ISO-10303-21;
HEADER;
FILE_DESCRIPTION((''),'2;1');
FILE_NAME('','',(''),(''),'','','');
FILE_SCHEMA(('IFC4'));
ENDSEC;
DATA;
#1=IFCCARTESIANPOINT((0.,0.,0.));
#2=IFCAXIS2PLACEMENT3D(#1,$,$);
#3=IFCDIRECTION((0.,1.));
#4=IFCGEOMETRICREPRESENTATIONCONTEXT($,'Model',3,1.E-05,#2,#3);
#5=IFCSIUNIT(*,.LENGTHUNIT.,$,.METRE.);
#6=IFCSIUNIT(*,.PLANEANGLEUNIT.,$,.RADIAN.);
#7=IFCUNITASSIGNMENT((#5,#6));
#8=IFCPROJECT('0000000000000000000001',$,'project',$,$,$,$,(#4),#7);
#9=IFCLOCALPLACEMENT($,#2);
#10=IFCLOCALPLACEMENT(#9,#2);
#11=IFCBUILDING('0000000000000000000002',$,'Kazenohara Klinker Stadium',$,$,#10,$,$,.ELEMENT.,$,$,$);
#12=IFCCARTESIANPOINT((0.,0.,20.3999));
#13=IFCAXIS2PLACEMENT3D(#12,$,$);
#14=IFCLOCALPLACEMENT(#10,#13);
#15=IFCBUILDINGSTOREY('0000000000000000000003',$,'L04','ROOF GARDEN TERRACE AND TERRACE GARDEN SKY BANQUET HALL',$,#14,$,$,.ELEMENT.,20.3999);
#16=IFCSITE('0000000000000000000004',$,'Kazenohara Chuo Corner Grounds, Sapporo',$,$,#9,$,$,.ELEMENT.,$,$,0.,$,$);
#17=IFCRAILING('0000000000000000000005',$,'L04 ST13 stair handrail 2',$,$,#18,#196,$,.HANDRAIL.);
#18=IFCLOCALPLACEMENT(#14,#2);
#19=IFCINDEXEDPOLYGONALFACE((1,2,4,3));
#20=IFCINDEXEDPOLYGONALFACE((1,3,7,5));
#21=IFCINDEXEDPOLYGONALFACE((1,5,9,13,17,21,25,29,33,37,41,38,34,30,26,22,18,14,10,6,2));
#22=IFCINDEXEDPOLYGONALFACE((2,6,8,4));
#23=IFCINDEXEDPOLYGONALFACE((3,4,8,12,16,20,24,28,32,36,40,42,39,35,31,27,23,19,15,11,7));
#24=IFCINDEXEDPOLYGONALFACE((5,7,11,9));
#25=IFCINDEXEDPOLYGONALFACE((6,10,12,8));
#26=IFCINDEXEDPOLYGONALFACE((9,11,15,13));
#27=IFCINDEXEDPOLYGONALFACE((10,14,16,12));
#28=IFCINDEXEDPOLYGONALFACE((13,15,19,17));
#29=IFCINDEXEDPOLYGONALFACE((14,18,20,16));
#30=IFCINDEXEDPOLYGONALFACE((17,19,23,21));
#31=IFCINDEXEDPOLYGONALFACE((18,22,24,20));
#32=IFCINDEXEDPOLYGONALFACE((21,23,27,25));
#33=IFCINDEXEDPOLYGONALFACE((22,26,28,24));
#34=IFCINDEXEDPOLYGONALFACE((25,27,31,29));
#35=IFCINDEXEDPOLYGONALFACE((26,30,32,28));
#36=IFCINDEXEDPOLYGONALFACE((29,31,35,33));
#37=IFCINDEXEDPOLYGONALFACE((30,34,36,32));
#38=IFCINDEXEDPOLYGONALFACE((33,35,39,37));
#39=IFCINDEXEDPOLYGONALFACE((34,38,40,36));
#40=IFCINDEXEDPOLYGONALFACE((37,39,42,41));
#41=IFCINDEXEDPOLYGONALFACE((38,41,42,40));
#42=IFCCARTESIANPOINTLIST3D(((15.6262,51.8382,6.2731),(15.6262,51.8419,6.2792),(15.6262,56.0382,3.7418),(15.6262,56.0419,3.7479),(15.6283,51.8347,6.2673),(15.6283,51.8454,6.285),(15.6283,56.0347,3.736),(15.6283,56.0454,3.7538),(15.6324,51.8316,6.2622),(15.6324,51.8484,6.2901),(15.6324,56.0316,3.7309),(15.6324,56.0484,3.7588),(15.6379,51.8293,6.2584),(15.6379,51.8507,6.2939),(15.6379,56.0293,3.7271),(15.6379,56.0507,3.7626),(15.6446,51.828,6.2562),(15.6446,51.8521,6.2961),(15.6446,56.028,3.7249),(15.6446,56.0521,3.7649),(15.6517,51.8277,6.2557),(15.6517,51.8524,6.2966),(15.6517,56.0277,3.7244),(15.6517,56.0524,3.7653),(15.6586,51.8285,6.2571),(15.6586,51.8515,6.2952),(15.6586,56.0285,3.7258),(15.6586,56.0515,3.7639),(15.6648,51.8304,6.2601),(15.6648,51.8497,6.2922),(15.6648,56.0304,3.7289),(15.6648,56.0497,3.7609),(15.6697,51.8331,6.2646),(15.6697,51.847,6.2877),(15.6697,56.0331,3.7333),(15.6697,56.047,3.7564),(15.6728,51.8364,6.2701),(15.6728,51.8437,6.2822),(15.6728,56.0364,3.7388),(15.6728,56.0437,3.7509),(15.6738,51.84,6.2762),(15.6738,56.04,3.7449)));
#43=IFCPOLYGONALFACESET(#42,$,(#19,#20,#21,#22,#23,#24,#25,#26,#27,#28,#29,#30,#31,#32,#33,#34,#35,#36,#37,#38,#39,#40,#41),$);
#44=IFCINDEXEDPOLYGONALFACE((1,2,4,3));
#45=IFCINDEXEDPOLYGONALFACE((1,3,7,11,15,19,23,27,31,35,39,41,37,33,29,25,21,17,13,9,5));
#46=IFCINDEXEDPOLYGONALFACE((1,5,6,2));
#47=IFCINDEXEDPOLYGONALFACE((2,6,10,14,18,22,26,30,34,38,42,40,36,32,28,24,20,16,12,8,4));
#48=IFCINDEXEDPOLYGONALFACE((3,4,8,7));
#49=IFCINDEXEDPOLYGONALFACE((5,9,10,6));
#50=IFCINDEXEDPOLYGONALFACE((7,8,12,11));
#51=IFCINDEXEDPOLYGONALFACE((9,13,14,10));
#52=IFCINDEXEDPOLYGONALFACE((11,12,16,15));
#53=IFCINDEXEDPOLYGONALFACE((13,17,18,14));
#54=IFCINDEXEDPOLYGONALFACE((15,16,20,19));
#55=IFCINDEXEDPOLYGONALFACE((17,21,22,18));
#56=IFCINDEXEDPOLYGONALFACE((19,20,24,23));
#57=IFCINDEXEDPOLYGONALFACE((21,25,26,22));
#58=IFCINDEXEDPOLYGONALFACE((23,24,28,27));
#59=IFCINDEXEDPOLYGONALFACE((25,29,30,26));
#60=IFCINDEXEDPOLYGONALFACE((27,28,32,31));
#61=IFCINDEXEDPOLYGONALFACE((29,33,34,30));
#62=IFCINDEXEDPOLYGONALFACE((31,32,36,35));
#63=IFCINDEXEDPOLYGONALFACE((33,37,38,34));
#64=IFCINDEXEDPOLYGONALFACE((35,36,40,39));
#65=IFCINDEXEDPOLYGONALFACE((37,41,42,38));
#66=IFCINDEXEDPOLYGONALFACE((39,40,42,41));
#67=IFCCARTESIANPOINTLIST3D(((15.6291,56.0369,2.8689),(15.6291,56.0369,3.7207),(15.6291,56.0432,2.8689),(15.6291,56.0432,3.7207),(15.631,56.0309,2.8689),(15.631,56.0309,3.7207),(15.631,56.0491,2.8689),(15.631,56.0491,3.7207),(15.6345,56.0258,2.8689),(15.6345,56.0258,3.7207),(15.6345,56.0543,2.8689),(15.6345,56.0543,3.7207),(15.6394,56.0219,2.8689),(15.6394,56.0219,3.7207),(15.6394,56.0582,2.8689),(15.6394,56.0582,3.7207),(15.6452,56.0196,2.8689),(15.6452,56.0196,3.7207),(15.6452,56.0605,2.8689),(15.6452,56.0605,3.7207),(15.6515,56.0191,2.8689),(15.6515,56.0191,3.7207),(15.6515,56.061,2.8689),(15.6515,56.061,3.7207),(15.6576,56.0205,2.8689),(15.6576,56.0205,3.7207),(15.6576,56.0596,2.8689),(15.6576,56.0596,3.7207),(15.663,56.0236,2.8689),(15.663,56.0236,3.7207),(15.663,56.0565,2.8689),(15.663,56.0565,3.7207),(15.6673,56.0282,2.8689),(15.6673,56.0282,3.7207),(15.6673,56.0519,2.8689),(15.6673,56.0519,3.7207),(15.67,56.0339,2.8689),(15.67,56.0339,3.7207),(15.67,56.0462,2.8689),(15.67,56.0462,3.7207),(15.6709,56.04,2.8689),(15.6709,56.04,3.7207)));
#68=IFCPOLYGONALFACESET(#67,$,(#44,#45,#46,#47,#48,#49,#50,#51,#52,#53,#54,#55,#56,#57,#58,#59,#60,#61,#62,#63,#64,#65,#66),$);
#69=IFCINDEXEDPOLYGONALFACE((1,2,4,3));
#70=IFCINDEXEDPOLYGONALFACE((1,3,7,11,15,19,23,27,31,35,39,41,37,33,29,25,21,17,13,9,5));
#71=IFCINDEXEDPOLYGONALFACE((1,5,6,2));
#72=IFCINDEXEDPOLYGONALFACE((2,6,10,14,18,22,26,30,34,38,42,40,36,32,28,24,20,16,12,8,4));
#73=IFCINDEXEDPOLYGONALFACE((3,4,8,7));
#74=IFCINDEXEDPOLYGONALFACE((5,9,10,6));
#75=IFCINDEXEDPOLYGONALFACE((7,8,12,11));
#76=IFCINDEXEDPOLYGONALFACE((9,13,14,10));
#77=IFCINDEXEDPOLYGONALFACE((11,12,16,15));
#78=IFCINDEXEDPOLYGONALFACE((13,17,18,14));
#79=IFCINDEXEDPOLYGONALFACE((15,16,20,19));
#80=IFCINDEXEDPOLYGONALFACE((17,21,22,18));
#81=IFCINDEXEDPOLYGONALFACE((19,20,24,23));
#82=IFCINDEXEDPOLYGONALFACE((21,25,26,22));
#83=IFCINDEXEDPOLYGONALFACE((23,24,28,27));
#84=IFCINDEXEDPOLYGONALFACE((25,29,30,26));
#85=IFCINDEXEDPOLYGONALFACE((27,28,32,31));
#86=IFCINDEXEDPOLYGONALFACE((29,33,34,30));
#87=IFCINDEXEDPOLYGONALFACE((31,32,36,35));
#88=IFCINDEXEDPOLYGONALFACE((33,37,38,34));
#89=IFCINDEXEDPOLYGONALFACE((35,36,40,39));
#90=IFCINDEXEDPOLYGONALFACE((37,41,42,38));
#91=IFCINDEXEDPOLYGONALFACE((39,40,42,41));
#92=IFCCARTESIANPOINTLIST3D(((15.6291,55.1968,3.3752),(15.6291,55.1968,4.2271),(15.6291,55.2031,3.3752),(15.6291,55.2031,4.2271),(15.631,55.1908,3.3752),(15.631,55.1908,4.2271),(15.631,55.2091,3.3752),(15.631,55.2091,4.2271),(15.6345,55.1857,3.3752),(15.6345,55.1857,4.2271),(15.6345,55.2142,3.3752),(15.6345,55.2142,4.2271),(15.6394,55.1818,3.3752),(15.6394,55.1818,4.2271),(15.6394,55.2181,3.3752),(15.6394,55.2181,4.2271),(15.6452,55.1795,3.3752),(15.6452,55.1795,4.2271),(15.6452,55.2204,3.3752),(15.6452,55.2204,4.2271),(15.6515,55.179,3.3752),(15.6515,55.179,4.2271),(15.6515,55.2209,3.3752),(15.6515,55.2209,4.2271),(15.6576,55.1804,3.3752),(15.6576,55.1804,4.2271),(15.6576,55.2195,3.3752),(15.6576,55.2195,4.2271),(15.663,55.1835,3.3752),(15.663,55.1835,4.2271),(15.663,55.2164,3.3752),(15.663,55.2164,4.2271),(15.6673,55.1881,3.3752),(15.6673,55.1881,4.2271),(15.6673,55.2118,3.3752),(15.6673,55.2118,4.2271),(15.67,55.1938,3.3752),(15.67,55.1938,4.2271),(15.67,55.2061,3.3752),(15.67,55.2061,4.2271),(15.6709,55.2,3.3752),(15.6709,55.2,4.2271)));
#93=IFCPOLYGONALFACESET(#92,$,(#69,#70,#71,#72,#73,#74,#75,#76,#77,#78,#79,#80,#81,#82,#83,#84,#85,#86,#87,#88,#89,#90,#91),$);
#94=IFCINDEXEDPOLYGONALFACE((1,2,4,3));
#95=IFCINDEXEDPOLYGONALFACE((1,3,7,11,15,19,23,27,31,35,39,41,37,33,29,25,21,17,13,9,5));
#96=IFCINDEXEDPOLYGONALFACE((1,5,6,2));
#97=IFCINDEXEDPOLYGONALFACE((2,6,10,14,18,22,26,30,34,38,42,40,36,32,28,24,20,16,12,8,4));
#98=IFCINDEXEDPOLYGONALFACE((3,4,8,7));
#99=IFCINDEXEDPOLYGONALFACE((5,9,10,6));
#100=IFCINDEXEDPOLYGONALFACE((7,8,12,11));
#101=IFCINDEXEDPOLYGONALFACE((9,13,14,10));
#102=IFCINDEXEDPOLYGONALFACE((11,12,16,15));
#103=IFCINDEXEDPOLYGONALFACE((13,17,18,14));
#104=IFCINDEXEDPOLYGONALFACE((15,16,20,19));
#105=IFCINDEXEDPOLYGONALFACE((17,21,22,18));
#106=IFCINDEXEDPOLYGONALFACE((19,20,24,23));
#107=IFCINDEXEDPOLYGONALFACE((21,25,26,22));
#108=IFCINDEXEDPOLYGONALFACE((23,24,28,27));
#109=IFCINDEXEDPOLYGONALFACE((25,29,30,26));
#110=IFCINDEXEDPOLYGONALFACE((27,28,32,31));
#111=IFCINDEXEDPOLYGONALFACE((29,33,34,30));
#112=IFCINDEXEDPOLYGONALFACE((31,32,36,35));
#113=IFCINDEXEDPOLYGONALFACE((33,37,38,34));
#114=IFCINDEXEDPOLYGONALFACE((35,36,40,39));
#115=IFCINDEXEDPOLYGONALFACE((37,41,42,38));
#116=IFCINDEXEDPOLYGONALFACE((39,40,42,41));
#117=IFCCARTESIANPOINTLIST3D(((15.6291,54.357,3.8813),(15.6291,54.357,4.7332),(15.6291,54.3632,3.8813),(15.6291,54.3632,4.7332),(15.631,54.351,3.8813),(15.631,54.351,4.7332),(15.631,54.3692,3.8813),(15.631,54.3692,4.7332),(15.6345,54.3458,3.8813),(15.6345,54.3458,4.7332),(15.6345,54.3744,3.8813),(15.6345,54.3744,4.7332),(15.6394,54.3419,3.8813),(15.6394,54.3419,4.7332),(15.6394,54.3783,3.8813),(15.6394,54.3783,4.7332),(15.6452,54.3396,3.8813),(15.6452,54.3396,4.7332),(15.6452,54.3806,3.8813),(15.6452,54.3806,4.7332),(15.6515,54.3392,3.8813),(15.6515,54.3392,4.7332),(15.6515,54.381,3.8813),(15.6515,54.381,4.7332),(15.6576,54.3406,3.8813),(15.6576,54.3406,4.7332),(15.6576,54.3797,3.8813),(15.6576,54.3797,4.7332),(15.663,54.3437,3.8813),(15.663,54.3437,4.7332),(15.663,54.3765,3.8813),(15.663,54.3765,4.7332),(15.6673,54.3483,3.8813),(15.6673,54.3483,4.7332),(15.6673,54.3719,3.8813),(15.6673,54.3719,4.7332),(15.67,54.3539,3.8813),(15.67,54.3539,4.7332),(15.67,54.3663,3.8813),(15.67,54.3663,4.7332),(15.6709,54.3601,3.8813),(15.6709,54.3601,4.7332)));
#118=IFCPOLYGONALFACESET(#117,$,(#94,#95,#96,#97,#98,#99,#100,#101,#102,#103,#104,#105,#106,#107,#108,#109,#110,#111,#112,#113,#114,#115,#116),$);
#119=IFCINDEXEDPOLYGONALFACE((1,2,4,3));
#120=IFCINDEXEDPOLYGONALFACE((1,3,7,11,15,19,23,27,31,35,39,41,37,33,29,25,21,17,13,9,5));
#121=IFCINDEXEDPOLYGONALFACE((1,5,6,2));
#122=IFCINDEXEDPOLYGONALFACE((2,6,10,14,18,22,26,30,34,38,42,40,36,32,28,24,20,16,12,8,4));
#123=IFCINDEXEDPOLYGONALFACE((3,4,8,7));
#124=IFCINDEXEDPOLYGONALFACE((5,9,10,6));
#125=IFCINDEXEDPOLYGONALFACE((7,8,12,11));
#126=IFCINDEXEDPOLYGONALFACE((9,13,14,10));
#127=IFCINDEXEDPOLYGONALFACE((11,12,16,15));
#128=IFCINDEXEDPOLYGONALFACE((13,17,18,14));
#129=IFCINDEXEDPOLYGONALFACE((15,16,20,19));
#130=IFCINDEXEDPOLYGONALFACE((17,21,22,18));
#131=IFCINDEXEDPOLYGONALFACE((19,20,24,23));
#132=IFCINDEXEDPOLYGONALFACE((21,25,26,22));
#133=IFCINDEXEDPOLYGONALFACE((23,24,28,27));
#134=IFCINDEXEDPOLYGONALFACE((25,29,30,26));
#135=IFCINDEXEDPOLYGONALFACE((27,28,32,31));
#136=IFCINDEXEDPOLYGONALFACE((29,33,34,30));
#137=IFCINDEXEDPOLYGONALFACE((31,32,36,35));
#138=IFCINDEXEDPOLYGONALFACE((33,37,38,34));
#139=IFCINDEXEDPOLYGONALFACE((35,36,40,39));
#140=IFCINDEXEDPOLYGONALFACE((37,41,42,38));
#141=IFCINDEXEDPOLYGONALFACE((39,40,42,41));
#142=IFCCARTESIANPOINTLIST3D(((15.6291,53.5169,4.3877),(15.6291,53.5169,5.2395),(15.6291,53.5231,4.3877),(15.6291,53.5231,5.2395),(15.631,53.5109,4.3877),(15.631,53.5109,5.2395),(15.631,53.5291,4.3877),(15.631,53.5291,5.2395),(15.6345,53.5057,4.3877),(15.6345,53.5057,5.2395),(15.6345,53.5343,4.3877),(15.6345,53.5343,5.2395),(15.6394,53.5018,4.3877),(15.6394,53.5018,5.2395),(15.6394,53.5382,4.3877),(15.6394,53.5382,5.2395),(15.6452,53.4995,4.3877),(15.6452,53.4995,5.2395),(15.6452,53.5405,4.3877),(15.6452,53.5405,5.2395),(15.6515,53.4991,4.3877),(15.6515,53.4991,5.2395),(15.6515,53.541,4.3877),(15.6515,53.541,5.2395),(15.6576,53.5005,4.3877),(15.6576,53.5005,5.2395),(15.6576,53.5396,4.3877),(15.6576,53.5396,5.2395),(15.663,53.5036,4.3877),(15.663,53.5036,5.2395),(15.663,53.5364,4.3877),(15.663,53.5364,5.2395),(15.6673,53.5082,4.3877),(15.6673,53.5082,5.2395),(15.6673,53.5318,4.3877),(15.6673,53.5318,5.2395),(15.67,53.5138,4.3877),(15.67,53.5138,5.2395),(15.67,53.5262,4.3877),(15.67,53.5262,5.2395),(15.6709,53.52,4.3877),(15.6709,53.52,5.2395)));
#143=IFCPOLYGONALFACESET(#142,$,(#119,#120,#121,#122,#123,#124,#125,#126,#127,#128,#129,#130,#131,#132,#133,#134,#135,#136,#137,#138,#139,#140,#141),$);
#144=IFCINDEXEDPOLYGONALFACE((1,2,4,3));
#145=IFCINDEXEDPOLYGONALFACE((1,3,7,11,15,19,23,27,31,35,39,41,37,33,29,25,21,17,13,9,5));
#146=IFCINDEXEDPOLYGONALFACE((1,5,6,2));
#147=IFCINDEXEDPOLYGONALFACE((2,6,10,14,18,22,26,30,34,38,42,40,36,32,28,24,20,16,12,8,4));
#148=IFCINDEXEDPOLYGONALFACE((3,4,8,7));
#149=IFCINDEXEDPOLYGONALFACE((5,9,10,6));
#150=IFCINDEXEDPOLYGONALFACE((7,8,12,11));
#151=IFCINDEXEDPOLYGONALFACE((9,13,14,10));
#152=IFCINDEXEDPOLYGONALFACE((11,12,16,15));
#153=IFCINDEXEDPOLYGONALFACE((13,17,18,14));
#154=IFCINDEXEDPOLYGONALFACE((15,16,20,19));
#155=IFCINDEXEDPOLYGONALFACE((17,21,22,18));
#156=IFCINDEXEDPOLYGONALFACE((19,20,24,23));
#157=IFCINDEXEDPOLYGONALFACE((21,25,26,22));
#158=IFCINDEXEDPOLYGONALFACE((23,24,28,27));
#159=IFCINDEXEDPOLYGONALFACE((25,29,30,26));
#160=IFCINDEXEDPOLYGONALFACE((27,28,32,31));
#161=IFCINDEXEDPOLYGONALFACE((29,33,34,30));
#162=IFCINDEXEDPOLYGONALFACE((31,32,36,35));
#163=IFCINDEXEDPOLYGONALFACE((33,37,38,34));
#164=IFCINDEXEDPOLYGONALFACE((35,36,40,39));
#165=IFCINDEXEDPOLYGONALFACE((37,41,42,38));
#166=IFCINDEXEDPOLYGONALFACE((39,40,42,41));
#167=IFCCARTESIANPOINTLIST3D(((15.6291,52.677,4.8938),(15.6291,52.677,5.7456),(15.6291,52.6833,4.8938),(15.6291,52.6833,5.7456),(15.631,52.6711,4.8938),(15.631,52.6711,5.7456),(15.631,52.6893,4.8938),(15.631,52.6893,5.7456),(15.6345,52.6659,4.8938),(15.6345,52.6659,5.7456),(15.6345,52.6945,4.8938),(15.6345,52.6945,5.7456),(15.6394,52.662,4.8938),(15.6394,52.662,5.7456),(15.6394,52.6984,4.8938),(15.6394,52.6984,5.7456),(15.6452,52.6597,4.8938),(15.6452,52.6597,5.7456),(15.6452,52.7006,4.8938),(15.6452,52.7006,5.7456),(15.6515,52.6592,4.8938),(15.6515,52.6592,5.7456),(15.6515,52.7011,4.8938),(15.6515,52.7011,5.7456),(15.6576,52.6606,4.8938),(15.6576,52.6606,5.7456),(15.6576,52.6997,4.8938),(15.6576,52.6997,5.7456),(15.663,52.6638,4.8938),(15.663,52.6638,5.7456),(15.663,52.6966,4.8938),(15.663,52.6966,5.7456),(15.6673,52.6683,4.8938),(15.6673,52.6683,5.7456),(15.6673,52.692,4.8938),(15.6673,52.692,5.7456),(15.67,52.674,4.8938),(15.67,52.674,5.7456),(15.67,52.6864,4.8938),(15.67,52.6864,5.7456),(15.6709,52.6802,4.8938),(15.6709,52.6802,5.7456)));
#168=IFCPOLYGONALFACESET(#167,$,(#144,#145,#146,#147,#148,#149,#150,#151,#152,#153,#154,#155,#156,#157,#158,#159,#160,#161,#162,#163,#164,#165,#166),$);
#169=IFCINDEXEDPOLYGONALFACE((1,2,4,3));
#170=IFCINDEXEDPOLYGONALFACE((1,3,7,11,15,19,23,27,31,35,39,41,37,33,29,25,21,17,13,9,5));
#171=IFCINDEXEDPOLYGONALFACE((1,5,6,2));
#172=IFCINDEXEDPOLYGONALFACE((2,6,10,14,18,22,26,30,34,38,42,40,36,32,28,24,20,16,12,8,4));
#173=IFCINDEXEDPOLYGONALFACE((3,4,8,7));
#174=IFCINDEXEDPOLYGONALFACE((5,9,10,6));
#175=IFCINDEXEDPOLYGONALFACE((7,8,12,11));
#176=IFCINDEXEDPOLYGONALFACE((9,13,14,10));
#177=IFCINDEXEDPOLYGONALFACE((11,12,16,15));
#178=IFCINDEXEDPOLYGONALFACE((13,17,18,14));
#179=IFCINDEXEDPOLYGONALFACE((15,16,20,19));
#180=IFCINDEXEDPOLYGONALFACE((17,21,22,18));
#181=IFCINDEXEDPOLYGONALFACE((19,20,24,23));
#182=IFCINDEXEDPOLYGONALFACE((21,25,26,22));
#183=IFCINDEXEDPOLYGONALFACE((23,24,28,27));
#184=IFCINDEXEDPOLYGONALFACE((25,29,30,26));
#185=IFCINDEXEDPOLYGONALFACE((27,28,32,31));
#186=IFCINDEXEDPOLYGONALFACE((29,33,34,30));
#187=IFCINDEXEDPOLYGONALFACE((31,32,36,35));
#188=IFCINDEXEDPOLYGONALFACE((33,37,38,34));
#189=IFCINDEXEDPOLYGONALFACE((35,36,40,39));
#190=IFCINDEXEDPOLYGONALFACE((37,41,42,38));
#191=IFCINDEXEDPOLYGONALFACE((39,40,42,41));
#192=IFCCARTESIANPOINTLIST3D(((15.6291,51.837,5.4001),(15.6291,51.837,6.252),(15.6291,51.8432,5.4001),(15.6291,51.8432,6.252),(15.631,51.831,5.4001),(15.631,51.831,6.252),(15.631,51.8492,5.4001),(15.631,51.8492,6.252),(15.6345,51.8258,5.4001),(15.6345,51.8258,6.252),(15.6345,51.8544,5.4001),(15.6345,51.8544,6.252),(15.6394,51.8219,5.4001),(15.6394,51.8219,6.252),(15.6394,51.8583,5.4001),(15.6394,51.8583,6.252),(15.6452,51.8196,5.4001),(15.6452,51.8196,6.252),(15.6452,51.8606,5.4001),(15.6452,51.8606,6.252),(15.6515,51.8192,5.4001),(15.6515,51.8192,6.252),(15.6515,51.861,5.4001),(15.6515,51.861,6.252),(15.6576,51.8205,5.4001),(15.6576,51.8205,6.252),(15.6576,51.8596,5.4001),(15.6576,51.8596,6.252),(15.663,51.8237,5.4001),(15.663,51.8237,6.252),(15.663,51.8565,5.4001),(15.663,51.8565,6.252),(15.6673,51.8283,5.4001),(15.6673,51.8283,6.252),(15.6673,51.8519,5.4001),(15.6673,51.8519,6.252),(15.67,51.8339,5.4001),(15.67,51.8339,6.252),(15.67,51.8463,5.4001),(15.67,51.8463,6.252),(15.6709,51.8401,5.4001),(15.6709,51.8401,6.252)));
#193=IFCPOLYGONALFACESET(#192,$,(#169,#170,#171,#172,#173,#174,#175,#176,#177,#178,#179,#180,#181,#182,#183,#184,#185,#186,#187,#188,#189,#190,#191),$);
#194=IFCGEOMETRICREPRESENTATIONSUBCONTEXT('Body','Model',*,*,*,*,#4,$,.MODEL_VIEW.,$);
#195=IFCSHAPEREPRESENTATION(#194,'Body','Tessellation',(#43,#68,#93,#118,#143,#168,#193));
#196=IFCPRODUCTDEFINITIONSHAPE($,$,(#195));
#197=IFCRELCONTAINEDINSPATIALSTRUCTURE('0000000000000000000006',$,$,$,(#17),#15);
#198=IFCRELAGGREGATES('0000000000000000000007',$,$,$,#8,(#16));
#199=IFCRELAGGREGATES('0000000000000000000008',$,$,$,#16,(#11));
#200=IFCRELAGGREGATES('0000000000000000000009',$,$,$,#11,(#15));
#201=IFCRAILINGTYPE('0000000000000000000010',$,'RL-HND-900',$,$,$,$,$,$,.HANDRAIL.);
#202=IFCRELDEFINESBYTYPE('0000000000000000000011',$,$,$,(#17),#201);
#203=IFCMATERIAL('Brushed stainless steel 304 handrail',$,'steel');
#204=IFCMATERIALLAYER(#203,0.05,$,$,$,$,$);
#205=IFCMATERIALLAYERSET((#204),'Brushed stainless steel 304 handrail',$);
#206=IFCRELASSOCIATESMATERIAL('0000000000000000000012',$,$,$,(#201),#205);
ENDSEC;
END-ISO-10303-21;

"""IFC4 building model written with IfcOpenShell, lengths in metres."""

from ifc_helpers import new_model, si_unit, direction, frame, origin, origin_2d, place, context, subcontext, project, spatial, circle, extrude, material, layer, layer_set, type_object, element, save


model = new_model("IFC4")

# Units and contexts
model_context = context("Model", 3, precision=1e-05, world=origin(), true_north=direction((0.0, 1.0)))
body_context = subcontext(model_context, "Body", "Model", "MODEL_VIEW")
ifc_project = project(units=[si_unit("LENGTHUNIT", "METRE"), si_unit("PLANEANGLEUNIT", "RADIAN")], contexts=[model_context])

# Site, building, storey
site_placement = place(None, origin())
site = spatial("IfcSite", under=ifc_project, at=site_placement, Name="Kazenohara Chuo Corner Grounds, Sapporo", CompositionType="ELEMENT", RefElevation=0.0)
building_placement = place(site_placement, origin())
building = spatial("IfcBuilding", under=site, at=building_placement, Name="Kazenohara Klinker Stadium", CompositionType="ELEMENT")
storey_placement = place(building_placement, frame((0.0, 0.0, 20.3999)))
storey = spatial("IfcBuildingStorey", under=building, at=storey_placement, Name="L04", Description="ROOF GARDEN TERRACE AND TERRACE GARDEN SKY BANQUET HALL", CompositionType="ELEMENT", Elevation=20.3999)

# Railing
ifc_material_1 = material(Name="Brushed stainless steel 304 handrail", Category="steel")
ifc_layer_1 = layer(ifc_material_1, 0.05)
ifc_layer_set_1 = layer_set([ifc_layer_1], Name="Brushed stainless steel 304 handrail")
railing_type_1 = type_object("IfcRailingType", Name="RL-HND-900", PredefinedType="HANDRAIL", material=ifc_layer_set_1)
railing_1_placement = place(storey_placement, frame((15.6499, 56.04, 2.8689)))
element("IfcRailing", 1, at=railing_1_placement, inside=storey, type_object=railing_type_1, Name="L04 ST13 stair handrail 2", PredefinedType="HANDRAIL", context=body_context, shape_type="SweptSolid", body=[
    extrude(circle(Radius=0.0239, at=origin_2d()), frame((0.0, 0.0, 0.876), z_axis=(0.0, -0.856476, 0.516186), x_axis=(1.0, 0.0, 0.0)), (0.0, 0.0, 1.0), 4.9038),
    extrude(circle(Radius=0.021, at=origin_2d()), origin(), (0.0, 0.0, 1.0), 0.8518),
    extrude(circle(Radius=0.021, at=origin_2d()), frame((0.0, -0.8401, 0.5063)), (0.0, 0.0, 1.0), 0.8518),
    extrude(circle(Radius=0.021, at=origin_2d()), frame((0.0, -1.6799, 1.0125)), (0.0, 0.0, 1.0), 0.8518),
    extrude(circle(Radius=0.021, at=origin_2d()), frame((0.0, -2.52, 1.5188)), (0.0, 0.0, 1.0), 0.8518),
    extrude(circle(Radius=0.021, at=origin_2d()), frame((0.0, -3.3599, 2.0249)), (0.0, 0.0, 1.0), 0.8518),
    extrude(circle(Radius=0.021, at=origin_2d()), frame((0.0, -4.2, 2.5312)), (0.0, 0.0, 1.0), 0.8518),
])

save(model, "model.ifc")
